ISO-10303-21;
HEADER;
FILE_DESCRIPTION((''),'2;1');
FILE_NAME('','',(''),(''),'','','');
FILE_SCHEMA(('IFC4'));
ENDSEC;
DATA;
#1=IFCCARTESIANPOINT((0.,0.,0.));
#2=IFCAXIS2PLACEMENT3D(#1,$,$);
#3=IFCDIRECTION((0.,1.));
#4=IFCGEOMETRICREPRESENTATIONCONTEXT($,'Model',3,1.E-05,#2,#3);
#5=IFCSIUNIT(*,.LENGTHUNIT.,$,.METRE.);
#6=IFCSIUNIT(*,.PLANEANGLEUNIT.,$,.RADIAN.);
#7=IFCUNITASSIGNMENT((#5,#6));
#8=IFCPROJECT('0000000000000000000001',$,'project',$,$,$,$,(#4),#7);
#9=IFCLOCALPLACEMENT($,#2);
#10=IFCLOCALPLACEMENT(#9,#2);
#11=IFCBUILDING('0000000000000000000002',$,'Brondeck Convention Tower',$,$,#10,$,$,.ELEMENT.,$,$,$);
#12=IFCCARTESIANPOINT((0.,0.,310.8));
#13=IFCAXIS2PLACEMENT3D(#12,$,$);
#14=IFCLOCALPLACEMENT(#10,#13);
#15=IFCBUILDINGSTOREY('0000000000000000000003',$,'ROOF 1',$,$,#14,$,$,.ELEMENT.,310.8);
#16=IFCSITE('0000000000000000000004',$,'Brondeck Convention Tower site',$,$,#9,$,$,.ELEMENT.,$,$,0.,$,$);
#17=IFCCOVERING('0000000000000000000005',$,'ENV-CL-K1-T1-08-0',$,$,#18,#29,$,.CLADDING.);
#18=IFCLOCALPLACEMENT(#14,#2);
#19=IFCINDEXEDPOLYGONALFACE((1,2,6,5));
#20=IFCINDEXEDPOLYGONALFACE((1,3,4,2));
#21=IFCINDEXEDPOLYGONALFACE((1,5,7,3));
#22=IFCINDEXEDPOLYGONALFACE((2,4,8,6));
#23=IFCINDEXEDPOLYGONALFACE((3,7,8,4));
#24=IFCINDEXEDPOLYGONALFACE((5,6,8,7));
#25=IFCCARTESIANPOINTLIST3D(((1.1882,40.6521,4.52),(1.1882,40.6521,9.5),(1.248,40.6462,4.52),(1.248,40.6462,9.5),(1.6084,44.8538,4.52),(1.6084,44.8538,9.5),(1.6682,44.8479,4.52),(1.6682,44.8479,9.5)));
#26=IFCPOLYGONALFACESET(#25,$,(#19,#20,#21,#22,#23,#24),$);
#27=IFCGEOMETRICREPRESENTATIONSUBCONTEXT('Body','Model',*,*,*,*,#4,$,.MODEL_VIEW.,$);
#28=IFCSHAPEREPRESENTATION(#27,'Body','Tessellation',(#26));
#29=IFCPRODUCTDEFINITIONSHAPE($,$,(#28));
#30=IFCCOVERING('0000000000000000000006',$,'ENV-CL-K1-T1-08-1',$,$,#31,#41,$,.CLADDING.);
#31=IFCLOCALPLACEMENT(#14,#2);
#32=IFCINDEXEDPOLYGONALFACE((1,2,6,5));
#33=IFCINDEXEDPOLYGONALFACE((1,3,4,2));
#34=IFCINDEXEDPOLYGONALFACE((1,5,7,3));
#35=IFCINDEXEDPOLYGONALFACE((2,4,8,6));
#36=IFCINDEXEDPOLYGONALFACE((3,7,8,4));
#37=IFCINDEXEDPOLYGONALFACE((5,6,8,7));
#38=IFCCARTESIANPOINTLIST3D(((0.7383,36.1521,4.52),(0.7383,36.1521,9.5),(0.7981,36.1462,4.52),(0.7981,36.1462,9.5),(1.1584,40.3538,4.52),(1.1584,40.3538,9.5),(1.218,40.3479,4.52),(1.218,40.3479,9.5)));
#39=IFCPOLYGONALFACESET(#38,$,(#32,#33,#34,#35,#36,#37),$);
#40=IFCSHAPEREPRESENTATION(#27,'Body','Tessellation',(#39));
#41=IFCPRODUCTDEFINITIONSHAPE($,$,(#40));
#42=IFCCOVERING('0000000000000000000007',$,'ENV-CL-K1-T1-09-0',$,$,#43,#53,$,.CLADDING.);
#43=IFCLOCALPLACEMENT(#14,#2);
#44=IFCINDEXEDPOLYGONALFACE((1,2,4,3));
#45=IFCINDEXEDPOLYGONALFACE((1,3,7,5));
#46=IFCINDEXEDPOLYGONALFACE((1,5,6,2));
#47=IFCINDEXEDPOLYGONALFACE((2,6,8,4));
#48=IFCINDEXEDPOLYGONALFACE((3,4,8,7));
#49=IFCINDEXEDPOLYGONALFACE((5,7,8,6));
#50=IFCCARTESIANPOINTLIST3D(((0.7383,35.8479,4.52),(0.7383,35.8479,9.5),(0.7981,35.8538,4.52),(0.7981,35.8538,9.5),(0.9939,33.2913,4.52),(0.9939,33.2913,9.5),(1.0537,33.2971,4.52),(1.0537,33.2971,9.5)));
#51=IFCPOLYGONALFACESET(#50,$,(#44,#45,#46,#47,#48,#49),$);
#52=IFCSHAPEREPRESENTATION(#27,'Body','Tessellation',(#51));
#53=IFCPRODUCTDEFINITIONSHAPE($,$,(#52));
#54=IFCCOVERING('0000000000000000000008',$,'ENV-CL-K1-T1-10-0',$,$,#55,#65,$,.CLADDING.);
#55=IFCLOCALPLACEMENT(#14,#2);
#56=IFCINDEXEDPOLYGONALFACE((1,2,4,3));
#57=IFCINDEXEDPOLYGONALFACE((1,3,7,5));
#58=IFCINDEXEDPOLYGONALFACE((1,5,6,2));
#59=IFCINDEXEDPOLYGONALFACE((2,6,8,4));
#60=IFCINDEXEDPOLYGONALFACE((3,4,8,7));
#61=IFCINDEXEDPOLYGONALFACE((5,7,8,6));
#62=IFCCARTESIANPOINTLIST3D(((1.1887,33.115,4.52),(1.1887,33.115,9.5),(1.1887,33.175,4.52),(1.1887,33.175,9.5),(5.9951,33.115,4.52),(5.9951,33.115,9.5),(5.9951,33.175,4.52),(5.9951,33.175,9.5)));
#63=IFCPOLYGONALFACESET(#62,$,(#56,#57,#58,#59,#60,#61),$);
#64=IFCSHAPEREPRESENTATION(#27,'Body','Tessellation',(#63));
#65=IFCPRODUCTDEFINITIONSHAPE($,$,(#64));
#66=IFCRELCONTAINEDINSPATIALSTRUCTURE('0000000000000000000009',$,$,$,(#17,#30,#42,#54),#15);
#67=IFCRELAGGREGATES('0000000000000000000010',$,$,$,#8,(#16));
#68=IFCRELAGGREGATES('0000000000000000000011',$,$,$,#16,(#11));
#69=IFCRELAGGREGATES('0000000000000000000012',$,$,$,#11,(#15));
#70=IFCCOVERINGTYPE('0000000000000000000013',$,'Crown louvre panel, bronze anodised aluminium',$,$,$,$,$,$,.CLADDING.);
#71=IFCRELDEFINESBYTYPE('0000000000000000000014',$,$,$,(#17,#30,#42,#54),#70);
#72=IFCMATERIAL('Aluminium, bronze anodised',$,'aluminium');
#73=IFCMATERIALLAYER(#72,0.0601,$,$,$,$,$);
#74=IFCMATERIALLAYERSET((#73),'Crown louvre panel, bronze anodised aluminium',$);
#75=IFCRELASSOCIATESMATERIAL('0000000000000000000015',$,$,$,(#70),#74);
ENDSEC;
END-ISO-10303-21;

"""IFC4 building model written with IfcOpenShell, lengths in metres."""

from ifc_helpers import new_model, si_unit, direction, frame, origin, place, context, subcontext, project, spatial, polyline, outline, extrude, material, layer, layer_set, type_object, element, save


model = new_model("IFC4")

# Units and contexts
model_context = context("Model", 3, precision=1e-05, world=origin(), true_north=direction((0.0, 1.0)))
body_context = subcontext(model_context, "Body", "Model", "MODEL_VIEW")
ifc_project = project(units=[si_unit("LENGTHUNIT", "METRE"), si_unit("PLANEANGLEUNIT", "RADIAN")], contexts=[model_context])

# Site, building, storey
site_placement = place(None, origin())
site = spatial("IfcSite", under=ifc_project, at=site_placement, Name="Brondeck Convention Tower site", CompositionType="ELEMENT", RefElevation=0.0)
building_placement = place(site_placement, origin())
building = spatial("IfcBuilding", under=site, at=building_placement, Name="Brondeck Convention Tower", CompositionType="ELEMENT")
storey_placement = place(building_placement, frame((0.0, 0.0, 310.8)))
storey = spatial("IfcBuildingStorey", under=building, at=storey_placement, Name="ROOF 1", CompositionType="ELEMENT", Elevation=310.8)

# Coverings
ifc_material_1 = material(Name="Aluminium, bronze anodised", Category="aluminium")
ifc_layer_1 = layer(ifc_material_1, 0.0601)
ifc_layer_set_1 = layer_set([ifc_layer_1], Name="Crown louvre panel, bronze anodised aluminium")
covering_type = type_object("IfcCoveringType", Name="Crown louvre panel, bronze anodised aluminium", PredefinedType="CLADDING", material=ifc_layer_set_1)
covering_1_placement = place(storey_placement, frame((0.0, 0.0, 4.52)))
element("IfcCovering", 1, at=covering_1_placement, inside=storey, type_object=covering_type, Name="ENV-CL-K1-T1-08-0", PredefinedType="CLADDING", context=body_context, shape_type="SweptSolid", body=[
    extrude(outline(polyline([(1.248, 40.6462), (1.6682, 44.8479), (1.6084, 44.8538), (1.1882, 40.6521), (1.248, 40.6462)])), origin(), (0.0, 0.0, 1.0), 4.98),
])
covering_2_placement = place(storey_placement, frame((0.0, 0.0, 4.52)))
element("IfcCovering", 2, at=covering_2_placement, inside=storey, type_object=covering_type, Name="ENV-CL-K1-T1-08-1", PredefinedType="CLADDING", context=body_context, shape_type="SweptSolid", body=[
    extrude(outline(polyline([(0.7981, 36.1462), (1.218, 40.3479), (1.1584, 40.3538), (0.7383, 36.1521), (0.7981, 36.1462)])), origin(), (0.0, 0.0, 1.0), 4.98),
])
covering_3_placement = place(storey_placement, frame((0.0, 0.0, 4.52)))
element("IfcCovering", 3, at=covering_3_placement, inside=storey, type_object=covering_type, Name="ENV-CL-K1-T1-09-0", PredefinedType="CLADDING", context=body_context, shape_type="SweptSolid", body=[
    extrude(outline(polyline([(1.0537, 33.2971), (0.7981, 35.8538), (0.7383, 35.8479), (0.9939, 33.2913), (1.0537, 33.2971)])), origin(), (0.0, 0.0, 1.0), 4.98),
])
covering_4_placement = place(storey_placement, frame((0.0, 0.0, 4.52)))
element("IfcCovering", 4, at=covering_4_placement, inside=storey, type_object=covering_type, Name="ENV-CL-K1-T1-10-0", PredefinedType="CLADDING", context=body_context, shape_type="SweptSolid", body=[
    extrude(outline(polyline([(5.9951, 33.175), (1.1887, 33.175), (1.1887, 33.115), (5.9951, 33.115), (5.9951, 33.175)])), origin(), (0.0, 0.0, 1.0), 4.98),
])

save(model, "model.ifc")
